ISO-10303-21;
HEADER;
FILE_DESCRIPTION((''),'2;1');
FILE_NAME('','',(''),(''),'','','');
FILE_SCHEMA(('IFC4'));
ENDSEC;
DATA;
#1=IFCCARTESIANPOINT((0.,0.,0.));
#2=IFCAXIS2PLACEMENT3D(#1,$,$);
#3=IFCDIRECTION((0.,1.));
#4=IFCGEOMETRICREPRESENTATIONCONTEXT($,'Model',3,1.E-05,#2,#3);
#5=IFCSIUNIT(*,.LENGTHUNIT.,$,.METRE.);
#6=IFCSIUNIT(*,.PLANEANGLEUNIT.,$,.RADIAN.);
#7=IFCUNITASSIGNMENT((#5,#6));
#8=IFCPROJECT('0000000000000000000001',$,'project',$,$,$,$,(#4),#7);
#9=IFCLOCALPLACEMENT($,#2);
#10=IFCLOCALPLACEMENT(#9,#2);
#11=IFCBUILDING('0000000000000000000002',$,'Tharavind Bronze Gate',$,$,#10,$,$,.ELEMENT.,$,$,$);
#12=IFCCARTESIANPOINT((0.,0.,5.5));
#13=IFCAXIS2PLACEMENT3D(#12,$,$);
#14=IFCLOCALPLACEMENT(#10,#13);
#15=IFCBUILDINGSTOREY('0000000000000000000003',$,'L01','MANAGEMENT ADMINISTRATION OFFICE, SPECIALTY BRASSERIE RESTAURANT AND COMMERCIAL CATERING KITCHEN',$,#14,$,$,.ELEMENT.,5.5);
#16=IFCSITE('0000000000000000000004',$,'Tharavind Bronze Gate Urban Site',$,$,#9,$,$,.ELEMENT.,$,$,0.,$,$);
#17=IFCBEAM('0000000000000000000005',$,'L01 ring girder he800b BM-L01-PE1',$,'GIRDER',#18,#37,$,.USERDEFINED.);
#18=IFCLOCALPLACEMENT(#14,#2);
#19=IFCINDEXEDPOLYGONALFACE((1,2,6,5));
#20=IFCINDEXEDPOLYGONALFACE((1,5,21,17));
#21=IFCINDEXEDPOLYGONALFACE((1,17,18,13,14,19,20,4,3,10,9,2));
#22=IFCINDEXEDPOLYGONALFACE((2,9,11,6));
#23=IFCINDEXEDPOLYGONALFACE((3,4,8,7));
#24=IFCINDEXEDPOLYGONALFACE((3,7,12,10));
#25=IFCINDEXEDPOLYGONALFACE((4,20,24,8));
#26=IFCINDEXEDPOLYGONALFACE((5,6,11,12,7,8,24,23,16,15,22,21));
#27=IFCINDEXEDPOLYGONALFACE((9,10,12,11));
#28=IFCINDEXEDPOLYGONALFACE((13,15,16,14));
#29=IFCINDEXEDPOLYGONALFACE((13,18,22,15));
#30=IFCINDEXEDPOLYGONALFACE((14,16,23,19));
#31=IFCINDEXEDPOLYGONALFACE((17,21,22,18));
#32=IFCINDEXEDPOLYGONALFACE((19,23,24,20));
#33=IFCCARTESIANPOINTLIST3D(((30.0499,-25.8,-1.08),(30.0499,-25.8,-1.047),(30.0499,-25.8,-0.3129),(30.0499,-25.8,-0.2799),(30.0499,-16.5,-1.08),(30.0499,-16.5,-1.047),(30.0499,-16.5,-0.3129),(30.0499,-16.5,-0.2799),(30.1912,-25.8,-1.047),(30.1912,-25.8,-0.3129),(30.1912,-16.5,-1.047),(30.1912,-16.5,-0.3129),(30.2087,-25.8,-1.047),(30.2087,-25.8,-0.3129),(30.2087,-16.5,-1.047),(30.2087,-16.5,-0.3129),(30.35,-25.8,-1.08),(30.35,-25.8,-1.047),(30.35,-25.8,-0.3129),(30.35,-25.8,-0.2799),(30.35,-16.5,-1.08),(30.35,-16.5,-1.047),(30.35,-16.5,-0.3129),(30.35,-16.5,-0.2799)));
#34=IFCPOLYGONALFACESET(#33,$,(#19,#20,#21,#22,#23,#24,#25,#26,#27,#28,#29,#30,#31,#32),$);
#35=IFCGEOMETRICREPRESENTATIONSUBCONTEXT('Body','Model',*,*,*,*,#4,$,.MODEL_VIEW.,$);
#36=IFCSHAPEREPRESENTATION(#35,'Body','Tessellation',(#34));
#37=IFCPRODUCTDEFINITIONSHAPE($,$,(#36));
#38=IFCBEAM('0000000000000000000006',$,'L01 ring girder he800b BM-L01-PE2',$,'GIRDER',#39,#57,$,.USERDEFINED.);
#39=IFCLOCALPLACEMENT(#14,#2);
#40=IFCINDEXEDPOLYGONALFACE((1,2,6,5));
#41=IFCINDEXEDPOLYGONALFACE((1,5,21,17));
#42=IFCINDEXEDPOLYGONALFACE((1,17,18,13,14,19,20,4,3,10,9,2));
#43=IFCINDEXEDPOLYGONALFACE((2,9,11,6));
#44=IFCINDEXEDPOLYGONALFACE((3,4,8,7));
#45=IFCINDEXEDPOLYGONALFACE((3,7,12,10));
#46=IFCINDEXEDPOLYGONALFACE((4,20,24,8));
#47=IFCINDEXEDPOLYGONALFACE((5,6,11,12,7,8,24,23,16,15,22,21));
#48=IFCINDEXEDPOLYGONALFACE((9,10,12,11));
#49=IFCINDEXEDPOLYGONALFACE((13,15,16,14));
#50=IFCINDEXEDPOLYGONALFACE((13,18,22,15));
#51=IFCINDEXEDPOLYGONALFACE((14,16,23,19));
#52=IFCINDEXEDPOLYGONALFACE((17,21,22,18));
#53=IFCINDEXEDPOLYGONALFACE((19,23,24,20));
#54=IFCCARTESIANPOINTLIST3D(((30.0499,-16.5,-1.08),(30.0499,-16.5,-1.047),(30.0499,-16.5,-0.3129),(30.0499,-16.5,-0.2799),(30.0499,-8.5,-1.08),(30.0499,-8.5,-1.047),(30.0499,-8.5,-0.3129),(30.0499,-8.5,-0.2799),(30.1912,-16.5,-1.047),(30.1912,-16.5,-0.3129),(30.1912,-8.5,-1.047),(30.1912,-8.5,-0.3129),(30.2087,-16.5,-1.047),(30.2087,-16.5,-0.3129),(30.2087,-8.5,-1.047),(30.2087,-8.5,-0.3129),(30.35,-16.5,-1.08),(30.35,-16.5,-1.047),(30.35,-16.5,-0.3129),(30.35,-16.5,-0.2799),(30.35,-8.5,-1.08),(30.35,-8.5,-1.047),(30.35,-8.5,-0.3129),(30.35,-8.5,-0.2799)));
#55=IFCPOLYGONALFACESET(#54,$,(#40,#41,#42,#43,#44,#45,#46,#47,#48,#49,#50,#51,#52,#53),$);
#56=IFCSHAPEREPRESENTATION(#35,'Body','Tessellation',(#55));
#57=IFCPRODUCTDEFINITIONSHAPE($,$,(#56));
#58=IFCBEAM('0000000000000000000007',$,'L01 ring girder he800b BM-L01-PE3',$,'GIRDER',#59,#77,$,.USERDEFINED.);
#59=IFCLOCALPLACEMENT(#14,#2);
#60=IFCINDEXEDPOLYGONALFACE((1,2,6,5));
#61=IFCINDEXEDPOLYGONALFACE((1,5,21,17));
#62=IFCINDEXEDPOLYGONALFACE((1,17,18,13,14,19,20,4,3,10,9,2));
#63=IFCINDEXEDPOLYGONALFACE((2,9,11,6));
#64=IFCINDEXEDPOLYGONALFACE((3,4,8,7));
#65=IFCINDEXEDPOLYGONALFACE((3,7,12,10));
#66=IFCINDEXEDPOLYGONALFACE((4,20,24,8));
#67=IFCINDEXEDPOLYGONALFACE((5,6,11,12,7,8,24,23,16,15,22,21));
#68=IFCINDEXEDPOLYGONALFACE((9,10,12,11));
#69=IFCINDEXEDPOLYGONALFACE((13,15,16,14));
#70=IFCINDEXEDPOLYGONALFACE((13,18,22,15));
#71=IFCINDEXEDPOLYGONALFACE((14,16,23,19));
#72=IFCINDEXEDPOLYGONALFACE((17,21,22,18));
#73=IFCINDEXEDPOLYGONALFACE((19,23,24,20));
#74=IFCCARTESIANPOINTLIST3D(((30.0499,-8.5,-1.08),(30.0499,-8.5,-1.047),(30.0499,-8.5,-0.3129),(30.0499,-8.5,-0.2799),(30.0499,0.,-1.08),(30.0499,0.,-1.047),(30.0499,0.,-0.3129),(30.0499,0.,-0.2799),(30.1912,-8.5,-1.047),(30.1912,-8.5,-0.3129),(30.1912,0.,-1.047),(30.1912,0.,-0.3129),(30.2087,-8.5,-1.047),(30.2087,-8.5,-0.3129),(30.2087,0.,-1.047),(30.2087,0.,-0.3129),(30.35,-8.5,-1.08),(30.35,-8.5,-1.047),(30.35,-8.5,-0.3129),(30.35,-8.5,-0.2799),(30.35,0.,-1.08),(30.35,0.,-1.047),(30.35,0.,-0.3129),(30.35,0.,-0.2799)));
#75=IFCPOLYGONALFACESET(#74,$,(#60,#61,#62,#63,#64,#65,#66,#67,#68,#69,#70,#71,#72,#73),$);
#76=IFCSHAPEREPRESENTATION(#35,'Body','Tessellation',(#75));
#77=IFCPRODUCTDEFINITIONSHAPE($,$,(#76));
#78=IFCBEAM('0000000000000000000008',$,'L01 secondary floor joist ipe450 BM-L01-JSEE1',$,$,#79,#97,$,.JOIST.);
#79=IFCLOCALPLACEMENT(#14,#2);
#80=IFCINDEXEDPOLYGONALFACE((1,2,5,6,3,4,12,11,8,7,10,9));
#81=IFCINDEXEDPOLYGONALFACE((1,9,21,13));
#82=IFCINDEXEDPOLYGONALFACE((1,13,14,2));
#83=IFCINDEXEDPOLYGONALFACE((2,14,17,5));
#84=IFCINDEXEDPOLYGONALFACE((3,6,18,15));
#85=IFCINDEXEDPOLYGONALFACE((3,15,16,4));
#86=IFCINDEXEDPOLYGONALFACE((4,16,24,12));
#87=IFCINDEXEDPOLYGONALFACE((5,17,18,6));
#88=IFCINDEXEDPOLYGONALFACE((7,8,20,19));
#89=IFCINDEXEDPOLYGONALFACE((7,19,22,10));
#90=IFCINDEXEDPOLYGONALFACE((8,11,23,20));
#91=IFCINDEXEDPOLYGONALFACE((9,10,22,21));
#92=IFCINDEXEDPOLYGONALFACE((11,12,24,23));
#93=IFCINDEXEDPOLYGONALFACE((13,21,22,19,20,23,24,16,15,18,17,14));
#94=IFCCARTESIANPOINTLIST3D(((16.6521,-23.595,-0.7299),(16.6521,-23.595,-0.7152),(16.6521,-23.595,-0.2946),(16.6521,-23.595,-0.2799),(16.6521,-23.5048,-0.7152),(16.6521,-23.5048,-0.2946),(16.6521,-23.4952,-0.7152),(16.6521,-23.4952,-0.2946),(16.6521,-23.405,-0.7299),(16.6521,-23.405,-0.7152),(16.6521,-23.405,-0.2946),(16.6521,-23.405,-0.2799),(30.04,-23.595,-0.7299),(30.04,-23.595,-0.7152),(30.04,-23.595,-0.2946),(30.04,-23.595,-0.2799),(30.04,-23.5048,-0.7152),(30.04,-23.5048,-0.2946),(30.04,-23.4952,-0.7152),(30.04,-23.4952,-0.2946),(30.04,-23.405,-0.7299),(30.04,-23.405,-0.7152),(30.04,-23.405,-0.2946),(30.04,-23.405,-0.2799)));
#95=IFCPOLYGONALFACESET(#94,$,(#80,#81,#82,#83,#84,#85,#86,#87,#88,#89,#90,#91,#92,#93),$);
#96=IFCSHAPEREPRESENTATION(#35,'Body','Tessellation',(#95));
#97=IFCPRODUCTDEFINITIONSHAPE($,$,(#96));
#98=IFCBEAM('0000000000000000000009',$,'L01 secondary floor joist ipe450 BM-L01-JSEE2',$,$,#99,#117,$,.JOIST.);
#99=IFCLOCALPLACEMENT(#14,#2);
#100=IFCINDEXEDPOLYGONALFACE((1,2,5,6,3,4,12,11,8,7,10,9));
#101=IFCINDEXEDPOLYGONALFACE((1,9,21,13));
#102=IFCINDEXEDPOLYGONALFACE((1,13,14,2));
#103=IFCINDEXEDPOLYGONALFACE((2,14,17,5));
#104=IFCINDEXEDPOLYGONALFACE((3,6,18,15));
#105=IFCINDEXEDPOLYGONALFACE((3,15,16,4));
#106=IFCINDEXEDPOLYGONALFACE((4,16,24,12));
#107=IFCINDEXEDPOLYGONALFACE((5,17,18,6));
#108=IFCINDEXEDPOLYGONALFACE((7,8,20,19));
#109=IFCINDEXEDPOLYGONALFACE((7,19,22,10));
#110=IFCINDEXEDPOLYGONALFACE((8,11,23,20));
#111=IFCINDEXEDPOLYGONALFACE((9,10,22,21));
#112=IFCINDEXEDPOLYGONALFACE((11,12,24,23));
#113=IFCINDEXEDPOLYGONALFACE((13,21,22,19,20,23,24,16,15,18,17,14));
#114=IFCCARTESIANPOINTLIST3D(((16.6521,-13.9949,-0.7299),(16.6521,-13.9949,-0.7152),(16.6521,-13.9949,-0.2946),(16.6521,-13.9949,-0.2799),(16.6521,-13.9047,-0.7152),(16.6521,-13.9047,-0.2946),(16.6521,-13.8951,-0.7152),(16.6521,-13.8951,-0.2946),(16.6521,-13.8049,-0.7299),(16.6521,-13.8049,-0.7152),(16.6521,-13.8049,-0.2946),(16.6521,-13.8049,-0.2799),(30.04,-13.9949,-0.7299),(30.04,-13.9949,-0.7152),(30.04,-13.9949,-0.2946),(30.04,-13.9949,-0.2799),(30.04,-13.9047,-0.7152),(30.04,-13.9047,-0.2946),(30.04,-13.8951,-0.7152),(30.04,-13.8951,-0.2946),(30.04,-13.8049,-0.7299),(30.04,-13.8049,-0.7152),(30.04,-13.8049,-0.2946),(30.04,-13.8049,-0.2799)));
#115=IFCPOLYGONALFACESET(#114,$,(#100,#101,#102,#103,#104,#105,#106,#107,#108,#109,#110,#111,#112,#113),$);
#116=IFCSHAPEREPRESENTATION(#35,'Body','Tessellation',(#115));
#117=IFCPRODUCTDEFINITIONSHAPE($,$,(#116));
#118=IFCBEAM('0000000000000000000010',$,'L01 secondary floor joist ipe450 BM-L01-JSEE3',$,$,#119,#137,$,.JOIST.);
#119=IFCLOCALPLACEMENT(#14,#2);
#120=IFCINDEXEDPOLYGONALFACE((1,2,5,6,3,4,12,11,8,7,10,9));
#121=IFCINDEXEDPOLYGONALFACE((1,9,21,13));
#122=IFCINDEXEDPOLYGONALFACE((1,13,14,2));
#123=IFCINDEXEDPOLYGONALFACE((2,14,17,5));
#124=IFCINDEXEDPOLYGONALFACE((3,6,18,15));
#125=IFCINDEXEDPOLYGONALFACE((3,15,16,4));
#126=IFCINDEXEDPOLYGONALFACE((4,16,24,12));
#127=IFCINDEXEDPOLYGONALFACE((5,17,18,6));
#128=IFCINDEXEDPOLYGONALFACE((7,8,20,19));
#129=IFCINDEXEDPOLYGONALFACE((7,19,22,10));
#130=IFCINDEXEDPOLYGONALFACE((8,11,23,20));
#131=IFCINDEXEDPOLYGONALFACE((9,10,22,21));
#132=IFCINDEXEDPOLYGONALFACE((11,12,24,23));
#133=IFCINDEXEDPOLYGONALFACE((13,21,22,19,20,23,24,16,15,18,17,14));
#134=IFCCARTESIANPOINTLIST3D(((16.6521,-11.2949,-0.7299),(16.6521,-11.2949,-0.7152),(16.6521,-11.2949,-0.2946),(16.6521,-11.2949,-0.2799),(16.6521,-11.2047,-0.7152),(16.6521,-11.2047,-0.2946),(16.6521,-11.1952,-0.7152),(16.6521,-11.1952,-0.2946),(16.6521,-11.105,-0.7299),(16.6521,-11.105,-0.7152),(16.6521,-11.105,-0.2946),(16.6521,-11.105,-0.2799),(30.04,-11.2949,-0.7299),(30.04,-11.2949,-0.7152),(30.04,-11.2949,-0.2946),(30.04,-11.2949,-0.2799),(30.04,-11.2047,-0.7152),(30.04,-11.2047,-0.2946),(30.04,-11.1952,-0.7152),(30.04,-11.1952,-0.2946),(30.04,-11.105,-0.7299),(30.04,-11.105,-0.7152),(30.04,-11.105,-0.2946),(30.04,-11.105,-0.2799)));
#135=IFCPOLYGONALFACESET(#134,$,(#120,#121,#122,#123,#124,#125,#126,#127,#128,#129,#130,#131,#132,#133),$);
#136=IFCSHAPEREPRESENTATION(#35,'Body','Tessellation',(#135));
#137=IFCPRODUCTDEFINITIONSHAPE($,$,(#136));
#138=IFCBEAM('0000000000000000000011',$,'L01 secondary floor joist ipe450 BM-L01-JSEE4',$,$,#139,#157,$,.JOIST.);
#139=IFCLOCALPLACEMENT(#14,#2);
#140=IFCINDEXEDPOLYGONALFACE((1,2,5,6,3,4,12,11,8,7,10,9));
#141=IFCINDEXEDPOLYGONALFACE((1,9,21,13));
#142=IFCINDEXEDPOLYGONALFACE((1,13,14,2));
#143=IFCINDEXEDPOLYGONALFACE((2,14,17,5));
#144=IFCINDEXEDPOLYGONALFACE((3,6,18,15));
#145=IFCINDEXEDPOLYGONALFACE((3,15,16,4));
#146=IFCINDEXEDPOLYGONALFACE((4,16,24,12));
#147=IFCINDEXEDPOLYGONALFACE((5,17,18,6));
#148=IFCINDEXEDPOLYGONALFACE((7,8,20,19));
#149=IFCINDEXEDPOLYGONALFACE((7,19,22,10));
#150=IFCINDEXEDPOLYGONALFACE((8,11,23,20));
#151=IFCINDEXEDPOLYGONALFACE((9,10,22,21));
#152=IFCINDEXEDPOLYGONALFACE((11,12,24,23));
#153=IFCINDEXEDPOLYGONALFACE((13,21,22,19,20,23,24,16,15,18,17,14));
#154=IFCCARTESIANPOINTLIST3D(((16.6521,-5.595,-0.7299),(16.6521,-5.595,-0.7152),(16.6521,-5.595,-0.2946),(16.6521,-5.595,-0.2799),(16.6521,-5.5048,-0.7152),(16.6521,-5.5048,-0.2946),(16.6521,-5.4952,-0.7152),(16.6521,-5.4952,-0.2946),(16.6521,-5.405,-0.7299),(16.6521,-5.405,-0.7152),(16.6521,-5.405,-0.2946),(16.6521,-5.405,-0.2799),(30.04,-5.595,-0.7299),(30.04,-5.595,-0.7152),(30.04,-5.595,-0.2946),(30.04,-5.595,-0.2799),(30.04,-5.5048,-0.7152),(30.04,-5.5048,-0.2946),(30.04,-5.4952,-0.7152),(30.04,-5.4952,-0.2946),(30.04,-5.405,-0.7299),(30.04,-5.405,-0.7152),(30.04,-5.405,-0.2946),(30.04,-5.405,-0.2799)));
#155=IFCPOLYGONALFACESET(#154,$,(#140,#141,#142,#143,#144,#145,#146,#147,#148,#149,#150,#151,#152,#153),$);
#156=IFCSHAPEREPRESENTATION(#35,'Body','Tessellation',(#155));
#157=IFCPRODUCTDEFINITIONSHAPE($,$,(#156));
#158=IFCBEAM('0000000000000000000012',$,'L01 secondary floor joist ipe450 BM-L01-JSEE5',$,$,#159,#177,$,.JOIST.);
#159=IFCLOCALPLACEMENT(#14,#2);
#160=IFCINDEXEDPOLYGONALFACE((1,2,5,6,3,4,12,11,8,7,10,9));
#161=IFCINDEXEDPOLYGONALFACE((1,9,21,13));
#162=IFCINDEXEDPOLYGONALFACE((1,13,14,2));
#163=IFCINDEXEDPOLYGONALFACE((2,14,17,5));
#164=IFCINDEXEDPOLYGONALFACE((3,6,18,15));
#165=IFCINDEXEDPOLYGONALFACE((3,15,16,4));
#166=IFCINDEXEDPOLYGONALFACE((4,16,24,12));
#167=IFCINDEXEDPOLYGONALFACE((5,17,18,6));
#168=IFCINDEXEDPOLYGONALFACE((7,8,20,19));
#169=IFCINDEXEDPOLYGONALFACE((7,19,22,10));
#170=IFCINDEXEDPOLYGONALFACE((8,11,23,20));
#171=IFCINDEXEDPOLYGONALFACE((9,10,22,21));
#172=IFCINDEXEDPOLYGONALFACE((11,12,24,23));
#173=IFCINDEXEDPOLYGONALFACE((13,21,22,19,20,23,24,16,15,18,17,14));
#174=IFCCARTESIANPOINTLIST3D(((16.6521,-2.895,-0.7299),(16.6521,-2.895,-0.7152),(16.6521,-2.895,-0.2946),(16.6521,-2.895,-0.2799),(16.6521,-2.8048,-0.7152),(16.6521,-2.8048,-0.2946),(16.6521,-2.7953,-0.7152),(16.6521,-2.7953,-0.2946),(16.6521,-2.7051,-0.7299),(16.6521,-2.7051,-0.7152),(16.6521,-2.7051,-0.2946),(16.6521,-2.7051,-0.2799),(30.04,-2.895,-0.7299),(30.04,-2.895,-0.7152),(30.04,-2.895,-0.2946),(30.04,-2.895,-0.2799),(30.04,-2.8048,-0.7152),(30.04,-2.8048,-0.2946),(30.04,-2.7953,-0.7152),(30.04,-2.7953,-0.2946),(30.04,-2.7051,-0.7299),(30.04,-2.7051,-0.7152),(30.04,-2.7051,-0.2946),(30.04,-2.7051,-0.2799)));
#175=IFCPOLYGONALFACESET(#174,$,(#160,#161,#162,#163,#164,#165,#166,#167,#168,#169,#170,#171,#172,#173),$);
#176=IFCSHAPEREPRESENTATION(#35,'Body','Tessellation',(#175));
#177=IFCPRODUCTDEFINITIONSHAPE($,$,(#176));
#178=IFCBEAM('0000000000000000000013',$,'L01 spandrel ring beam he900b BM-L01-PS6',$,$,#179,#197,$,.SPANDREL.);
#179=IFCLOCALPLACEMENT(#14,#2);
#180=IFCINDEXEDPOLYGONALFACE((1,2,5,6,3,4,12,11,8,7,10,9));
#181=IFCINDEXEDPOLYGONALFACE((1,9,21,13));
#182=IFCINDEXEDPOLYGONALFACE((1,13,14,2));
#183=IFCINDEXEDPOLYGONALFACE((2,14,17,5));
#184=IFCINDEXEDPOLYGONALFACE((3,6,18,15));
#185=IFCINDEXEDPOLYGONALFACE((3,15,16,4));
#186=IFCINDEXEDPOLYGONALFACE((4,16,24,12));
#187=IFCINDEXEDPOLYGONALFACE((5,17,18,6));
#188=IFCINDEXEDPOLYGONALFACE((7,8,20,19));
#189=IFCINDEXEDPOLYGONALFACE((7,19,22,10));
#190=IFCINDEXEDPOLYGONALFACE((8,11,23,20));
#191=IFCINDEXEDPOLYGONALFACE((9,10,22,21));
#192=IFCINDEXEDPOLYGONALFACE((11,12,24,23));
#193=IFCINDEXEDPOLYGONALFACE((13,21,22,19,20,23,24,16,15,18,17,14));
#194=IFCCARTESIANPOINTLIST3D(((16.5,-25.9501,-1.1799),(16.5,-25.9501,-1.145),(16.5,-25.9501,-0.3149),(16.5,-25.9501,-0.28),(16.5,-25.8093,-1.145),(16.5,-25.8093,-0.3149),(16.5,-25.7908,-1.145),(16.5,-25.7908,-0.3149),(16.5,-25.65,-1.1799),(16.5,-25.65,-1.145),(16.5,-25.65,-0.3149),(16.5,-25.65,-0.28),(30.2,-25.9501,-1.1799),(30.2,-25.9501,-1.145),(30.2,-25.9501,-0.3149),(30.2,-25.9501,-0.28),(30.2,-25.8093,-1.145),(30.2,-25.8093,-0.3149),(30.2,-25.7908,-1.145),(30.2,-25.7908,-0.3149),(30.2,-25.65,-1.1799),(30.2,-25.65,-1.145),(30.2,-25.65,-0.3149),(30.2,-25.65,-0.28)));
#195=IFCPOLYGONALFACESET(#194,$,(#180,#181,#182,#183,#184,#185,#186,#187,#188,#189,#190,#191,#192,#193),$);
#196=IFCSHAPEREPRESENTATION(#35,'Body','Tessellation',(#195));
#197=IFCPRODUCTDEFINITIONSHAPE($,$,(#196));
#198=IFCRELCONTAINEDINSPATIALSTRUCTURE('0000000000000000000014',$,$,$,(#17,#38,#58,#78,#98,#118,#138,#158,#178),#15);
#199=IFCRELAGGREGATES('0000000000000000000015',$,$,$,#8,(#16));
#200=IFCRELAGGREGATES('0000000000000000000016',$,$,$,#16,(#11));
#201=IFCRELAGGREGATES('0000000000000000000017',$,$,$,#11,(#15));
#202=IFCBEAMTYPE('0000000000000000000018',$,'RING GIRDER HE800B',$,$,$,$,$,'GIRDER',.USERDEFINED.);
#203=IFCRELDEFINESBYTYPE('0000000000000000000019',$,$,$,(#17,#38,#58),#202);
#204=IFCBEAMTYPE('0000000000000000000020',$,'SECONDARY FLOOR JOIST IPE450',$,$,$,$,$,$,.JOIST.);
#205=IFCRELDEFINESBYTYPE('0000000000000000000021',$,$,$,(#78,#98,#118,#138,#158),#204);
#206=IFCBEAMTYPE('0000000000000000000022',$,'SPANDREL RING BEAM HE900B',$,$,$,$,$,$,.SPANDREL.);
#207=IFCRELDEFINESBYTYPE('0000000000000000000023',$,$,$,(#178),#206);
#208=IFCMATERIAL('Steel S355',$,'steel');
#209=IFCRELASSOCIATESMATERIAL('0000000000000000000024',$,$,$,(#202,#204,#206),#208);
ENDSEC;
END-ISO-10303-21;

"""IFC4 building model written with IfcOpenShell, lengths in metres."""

from ifc_helpers import new_model, si_unit, direction, frame, origin, origin_2d, place, context, subcontext, project, spatial, i_section, extrude, material, material_profile, profile_set, type_object, element, save


model = new_model("IFC4")

# Units and contexts
model_context = context("Model", 3, precision=1e-05, world=origin(), true_north=direction((0.0, 1.0)))
body_context = subcontext(model_context, "Body", "Model", "MODEL_VIEW")
ifc_project = project(units=[si_unit("LENGTHUNIT", "METRE"), si_unit("PLANEANGLEUNIT", "RADIAN")], contexts=[model_context])

# Site, building, storey
site_placement = place(None, origin())
site = spatial("IfcSite", under=ifc_project, at=site_placement, Name="Tharavind Bronze Gate Urban Site", CompositionType="ELEMENT", RefElevation=0.0)
building_placement = place(site_placement, origin())
building = spatial("IfcBuilding", under=site, at=building_placement, Name="Tharavind Bronze Gate", CompositionType="ELEMENT")
storey_placement = place(building_placement, frame((0.0, 0.0, 5.5)))
storey = spatial("IfcBuildingStorey", under=building, at=storey_placement, Name="L01", Description="MANAGEMENT ADMINISTRATION OFFICE, SPECIALTY BRASSERIE RESTAURANT AND COMMERCIAL CATERING KITCHEN", CompositionType="ELEMENT", Elevation=5.5)

# Beams
ifc_material_1 = material(Name="Steel S355", Category="steel")
ifc_material_profile_1 = material_profile(ifc_material_1, i_section(OverallWidth=0.3, OverallDepth=0.8, WebThickness=0.0176, FlangeThickness=0.033, at=origin_2d()), Name="HE800B")
ifc_profile_set_1 = profile_set([ifc_material_profile_1], Name="Steel S355")
beam_type_1 = type_object("IfcBeamType", Name="RING GIRDER HE800B", ElementType="GIRDER", PredefinedType="USERDEFINED", material=ifc_profile_set_1)
beam_1_placement = place(storey_placement, frame((30.2, -25.8, -0.6799), z_axis=(0.0, 1.0, 0.0), x_axis=(-1.0, 0.0, 0.0)))
element("IfcBeam", 1, at=beam_1_placement, inside=storey, type_object=beam_type_1, Name="L01 ring girder he800b BM-L01-PE1", ObjectType="GIRDER", PredefinedType="USERDEFINED", context=body_context, shape_type="SweptSolid", body=[
    extrude(i_section(OverallWidth=0.3, OverallDepth=0.8, WebThickness=0.0176, FlangeThickness=0.033, at=origin_2d()), origin(), (0.0, 0.0, 1.0), 9.3),
])
beam_2_placement = place(storey_placement, frame((30.2, -16.5, -0.6799), z_axis=(0.0, 1.0, 0.0), x_axis=(-1.0, 0.0, 0.0)))
element("IfcBeam", 2, at=beam_2_placement, inside=storey, type_object=beam_type_1, Name="L01 ring girder he800b BM-L01-PE2", ObjectType="GIRDER", PredefinedType="USERDEFINED", context=body_context, shape_type="SweptSolid", body=[
    extrude(i_section(OverallWidth=0.3, OverallDepth=0.8, WebThickness=0.0176, FlangeThickness=0.033, at=origin_2d()), origin(), (0.0, 0.0, 1.0), 8.0),
])
beam_3_placement = place(storey_placement, frame((30.2, -8.5, -0.6799), z_axis=(0.0, 1.0, 0.0), x_axis=(-1.0, 0.0, 0.0)))
element("IfcBeam", 3, at=beam_3_placement, inside=storey, type_object=beam_type_1, Name="L01 ring girder he800b BM-L01-PE3", ObjectType="GIRDER", PredefinedType="USERDEFINED", context=body_context, shape_type="SweptSolid", body=[
    extrude(i_section(OverallWidth=0.3, OverallDepth=0.8, WebThickness=0.0176, FlangeThickness=0.033, at=origin_2d()), origin(), (0.0, 0.0, 1.0), 8.5),
])
ifc_material_profile_2 = material_profile(ifc_material_1, i_section(OverallWidth=0.1899, OverallDepth=0.45, WebThickness=0.0095, FlangeThickness=0.0146, at=origin_2d()), Name="IPE450")
ifc_profile_set_2 = profile_set([ifc_material_profile_2], Name="Steel S355")
beam_type_2 = type_object("IfcBeamType", Name="SECONDARY FLOOR JOIST IPE450", PredefinedType="JOIST", material=ifc_profile_set_2)
for number, where, z_axis, x_axis, name in (
    (4, (16.6521, -23.5, -0.5049), (1.0, 0.0, 0.0), (0.0, 1.0, 0.0), "L01 secondary floor joist ipe450 BM-L01-JSEE1"),
    (5, (16.6521, -13.8999, -0.5049), (1.0, 0.0, 0.0), (0.0, 1.0, 0.0), "L01 secondary floor joist ipe450 BM-L01-JSEE2"),
    (6, (16.6521, -11.2, -0.5049), (1.0, 0.0, 0.0), (0.0, 1.0, 0.0), "L01 secondary floor joist ipe450 BM-L01-JSEE3"),
    (7, (16.6521, -5.5, -0.5049), (1.0, 0.0, 0.0), (0.0, 1.0, 0.0), "L01 secondary floor joist ipe450 BM-L01-JSEE4"),
    (8, (16.6521, -2.8, -0.5049), (1.0, 0.0, 0.0), (0.0, 1.0, 0.0), "L01 secondary floor joist ipe450 BM-L01-JSEE5"),
):
    element("IfcBeam", number, at=place(storey_placement, frame(where, z_axis=z_axis, x_axis=x_axis)), inside=storey, type_object=beam_type_2, Name=name, PredefinedType="JOIST", context=body_context, shape_type="SweptSolid", body=[
        extrude(i_section(OverallWidth=0.1899, OverallDepth=0.45, WebThickness=0.0095, FlangeThickness=0.0146, at=origin_2d()), origin(), (0.0, 0.0, 1.0), 13.3879),
    ])
ifc_material_profile_3 = material_profile(ifc_material_1, i_section(OverallWidth=0.3, OverallDepth=0.8999, WebThickness=0.0186, FlangeThickness=0.0349, at=origin_2d()), Name="HE900B")
ifc_profile_set_3 = profile_set([ifc_material_profile_3], Name="Steel S355")
beam_type_3 = type_object("IfcBeamType", Name="SPANDREL RING BEAM HE900B", PredefinedType="SPANDREL", material=ifc_profile_set_3)
beam_4_placement = place(storey_placement, frame((16.5, -25.8, -0.73), z_axis=(1.0, 0.0, 0.0), x_axis=(0.0, 1.0, 0.0)))
element("IfcBeam", 9, at=beam_4_placement, inside=storey, type_object=beam_type_3, Name="L01 spandrel ring beam he900b BM-L01-PS6", PredefinedType="SPANDREL", context=body_context, shape_type="SweptSolid", body=[
    extrude(i_section(OverallWidth=0.3, OverallDepth=0.8999, WebThickness=0.0186, FlangeThickness=0.0349, at=origin_2d()), origin(), (0.0, 0.0, 1.0), 13.7),
])

save(model, "model.ifc")
